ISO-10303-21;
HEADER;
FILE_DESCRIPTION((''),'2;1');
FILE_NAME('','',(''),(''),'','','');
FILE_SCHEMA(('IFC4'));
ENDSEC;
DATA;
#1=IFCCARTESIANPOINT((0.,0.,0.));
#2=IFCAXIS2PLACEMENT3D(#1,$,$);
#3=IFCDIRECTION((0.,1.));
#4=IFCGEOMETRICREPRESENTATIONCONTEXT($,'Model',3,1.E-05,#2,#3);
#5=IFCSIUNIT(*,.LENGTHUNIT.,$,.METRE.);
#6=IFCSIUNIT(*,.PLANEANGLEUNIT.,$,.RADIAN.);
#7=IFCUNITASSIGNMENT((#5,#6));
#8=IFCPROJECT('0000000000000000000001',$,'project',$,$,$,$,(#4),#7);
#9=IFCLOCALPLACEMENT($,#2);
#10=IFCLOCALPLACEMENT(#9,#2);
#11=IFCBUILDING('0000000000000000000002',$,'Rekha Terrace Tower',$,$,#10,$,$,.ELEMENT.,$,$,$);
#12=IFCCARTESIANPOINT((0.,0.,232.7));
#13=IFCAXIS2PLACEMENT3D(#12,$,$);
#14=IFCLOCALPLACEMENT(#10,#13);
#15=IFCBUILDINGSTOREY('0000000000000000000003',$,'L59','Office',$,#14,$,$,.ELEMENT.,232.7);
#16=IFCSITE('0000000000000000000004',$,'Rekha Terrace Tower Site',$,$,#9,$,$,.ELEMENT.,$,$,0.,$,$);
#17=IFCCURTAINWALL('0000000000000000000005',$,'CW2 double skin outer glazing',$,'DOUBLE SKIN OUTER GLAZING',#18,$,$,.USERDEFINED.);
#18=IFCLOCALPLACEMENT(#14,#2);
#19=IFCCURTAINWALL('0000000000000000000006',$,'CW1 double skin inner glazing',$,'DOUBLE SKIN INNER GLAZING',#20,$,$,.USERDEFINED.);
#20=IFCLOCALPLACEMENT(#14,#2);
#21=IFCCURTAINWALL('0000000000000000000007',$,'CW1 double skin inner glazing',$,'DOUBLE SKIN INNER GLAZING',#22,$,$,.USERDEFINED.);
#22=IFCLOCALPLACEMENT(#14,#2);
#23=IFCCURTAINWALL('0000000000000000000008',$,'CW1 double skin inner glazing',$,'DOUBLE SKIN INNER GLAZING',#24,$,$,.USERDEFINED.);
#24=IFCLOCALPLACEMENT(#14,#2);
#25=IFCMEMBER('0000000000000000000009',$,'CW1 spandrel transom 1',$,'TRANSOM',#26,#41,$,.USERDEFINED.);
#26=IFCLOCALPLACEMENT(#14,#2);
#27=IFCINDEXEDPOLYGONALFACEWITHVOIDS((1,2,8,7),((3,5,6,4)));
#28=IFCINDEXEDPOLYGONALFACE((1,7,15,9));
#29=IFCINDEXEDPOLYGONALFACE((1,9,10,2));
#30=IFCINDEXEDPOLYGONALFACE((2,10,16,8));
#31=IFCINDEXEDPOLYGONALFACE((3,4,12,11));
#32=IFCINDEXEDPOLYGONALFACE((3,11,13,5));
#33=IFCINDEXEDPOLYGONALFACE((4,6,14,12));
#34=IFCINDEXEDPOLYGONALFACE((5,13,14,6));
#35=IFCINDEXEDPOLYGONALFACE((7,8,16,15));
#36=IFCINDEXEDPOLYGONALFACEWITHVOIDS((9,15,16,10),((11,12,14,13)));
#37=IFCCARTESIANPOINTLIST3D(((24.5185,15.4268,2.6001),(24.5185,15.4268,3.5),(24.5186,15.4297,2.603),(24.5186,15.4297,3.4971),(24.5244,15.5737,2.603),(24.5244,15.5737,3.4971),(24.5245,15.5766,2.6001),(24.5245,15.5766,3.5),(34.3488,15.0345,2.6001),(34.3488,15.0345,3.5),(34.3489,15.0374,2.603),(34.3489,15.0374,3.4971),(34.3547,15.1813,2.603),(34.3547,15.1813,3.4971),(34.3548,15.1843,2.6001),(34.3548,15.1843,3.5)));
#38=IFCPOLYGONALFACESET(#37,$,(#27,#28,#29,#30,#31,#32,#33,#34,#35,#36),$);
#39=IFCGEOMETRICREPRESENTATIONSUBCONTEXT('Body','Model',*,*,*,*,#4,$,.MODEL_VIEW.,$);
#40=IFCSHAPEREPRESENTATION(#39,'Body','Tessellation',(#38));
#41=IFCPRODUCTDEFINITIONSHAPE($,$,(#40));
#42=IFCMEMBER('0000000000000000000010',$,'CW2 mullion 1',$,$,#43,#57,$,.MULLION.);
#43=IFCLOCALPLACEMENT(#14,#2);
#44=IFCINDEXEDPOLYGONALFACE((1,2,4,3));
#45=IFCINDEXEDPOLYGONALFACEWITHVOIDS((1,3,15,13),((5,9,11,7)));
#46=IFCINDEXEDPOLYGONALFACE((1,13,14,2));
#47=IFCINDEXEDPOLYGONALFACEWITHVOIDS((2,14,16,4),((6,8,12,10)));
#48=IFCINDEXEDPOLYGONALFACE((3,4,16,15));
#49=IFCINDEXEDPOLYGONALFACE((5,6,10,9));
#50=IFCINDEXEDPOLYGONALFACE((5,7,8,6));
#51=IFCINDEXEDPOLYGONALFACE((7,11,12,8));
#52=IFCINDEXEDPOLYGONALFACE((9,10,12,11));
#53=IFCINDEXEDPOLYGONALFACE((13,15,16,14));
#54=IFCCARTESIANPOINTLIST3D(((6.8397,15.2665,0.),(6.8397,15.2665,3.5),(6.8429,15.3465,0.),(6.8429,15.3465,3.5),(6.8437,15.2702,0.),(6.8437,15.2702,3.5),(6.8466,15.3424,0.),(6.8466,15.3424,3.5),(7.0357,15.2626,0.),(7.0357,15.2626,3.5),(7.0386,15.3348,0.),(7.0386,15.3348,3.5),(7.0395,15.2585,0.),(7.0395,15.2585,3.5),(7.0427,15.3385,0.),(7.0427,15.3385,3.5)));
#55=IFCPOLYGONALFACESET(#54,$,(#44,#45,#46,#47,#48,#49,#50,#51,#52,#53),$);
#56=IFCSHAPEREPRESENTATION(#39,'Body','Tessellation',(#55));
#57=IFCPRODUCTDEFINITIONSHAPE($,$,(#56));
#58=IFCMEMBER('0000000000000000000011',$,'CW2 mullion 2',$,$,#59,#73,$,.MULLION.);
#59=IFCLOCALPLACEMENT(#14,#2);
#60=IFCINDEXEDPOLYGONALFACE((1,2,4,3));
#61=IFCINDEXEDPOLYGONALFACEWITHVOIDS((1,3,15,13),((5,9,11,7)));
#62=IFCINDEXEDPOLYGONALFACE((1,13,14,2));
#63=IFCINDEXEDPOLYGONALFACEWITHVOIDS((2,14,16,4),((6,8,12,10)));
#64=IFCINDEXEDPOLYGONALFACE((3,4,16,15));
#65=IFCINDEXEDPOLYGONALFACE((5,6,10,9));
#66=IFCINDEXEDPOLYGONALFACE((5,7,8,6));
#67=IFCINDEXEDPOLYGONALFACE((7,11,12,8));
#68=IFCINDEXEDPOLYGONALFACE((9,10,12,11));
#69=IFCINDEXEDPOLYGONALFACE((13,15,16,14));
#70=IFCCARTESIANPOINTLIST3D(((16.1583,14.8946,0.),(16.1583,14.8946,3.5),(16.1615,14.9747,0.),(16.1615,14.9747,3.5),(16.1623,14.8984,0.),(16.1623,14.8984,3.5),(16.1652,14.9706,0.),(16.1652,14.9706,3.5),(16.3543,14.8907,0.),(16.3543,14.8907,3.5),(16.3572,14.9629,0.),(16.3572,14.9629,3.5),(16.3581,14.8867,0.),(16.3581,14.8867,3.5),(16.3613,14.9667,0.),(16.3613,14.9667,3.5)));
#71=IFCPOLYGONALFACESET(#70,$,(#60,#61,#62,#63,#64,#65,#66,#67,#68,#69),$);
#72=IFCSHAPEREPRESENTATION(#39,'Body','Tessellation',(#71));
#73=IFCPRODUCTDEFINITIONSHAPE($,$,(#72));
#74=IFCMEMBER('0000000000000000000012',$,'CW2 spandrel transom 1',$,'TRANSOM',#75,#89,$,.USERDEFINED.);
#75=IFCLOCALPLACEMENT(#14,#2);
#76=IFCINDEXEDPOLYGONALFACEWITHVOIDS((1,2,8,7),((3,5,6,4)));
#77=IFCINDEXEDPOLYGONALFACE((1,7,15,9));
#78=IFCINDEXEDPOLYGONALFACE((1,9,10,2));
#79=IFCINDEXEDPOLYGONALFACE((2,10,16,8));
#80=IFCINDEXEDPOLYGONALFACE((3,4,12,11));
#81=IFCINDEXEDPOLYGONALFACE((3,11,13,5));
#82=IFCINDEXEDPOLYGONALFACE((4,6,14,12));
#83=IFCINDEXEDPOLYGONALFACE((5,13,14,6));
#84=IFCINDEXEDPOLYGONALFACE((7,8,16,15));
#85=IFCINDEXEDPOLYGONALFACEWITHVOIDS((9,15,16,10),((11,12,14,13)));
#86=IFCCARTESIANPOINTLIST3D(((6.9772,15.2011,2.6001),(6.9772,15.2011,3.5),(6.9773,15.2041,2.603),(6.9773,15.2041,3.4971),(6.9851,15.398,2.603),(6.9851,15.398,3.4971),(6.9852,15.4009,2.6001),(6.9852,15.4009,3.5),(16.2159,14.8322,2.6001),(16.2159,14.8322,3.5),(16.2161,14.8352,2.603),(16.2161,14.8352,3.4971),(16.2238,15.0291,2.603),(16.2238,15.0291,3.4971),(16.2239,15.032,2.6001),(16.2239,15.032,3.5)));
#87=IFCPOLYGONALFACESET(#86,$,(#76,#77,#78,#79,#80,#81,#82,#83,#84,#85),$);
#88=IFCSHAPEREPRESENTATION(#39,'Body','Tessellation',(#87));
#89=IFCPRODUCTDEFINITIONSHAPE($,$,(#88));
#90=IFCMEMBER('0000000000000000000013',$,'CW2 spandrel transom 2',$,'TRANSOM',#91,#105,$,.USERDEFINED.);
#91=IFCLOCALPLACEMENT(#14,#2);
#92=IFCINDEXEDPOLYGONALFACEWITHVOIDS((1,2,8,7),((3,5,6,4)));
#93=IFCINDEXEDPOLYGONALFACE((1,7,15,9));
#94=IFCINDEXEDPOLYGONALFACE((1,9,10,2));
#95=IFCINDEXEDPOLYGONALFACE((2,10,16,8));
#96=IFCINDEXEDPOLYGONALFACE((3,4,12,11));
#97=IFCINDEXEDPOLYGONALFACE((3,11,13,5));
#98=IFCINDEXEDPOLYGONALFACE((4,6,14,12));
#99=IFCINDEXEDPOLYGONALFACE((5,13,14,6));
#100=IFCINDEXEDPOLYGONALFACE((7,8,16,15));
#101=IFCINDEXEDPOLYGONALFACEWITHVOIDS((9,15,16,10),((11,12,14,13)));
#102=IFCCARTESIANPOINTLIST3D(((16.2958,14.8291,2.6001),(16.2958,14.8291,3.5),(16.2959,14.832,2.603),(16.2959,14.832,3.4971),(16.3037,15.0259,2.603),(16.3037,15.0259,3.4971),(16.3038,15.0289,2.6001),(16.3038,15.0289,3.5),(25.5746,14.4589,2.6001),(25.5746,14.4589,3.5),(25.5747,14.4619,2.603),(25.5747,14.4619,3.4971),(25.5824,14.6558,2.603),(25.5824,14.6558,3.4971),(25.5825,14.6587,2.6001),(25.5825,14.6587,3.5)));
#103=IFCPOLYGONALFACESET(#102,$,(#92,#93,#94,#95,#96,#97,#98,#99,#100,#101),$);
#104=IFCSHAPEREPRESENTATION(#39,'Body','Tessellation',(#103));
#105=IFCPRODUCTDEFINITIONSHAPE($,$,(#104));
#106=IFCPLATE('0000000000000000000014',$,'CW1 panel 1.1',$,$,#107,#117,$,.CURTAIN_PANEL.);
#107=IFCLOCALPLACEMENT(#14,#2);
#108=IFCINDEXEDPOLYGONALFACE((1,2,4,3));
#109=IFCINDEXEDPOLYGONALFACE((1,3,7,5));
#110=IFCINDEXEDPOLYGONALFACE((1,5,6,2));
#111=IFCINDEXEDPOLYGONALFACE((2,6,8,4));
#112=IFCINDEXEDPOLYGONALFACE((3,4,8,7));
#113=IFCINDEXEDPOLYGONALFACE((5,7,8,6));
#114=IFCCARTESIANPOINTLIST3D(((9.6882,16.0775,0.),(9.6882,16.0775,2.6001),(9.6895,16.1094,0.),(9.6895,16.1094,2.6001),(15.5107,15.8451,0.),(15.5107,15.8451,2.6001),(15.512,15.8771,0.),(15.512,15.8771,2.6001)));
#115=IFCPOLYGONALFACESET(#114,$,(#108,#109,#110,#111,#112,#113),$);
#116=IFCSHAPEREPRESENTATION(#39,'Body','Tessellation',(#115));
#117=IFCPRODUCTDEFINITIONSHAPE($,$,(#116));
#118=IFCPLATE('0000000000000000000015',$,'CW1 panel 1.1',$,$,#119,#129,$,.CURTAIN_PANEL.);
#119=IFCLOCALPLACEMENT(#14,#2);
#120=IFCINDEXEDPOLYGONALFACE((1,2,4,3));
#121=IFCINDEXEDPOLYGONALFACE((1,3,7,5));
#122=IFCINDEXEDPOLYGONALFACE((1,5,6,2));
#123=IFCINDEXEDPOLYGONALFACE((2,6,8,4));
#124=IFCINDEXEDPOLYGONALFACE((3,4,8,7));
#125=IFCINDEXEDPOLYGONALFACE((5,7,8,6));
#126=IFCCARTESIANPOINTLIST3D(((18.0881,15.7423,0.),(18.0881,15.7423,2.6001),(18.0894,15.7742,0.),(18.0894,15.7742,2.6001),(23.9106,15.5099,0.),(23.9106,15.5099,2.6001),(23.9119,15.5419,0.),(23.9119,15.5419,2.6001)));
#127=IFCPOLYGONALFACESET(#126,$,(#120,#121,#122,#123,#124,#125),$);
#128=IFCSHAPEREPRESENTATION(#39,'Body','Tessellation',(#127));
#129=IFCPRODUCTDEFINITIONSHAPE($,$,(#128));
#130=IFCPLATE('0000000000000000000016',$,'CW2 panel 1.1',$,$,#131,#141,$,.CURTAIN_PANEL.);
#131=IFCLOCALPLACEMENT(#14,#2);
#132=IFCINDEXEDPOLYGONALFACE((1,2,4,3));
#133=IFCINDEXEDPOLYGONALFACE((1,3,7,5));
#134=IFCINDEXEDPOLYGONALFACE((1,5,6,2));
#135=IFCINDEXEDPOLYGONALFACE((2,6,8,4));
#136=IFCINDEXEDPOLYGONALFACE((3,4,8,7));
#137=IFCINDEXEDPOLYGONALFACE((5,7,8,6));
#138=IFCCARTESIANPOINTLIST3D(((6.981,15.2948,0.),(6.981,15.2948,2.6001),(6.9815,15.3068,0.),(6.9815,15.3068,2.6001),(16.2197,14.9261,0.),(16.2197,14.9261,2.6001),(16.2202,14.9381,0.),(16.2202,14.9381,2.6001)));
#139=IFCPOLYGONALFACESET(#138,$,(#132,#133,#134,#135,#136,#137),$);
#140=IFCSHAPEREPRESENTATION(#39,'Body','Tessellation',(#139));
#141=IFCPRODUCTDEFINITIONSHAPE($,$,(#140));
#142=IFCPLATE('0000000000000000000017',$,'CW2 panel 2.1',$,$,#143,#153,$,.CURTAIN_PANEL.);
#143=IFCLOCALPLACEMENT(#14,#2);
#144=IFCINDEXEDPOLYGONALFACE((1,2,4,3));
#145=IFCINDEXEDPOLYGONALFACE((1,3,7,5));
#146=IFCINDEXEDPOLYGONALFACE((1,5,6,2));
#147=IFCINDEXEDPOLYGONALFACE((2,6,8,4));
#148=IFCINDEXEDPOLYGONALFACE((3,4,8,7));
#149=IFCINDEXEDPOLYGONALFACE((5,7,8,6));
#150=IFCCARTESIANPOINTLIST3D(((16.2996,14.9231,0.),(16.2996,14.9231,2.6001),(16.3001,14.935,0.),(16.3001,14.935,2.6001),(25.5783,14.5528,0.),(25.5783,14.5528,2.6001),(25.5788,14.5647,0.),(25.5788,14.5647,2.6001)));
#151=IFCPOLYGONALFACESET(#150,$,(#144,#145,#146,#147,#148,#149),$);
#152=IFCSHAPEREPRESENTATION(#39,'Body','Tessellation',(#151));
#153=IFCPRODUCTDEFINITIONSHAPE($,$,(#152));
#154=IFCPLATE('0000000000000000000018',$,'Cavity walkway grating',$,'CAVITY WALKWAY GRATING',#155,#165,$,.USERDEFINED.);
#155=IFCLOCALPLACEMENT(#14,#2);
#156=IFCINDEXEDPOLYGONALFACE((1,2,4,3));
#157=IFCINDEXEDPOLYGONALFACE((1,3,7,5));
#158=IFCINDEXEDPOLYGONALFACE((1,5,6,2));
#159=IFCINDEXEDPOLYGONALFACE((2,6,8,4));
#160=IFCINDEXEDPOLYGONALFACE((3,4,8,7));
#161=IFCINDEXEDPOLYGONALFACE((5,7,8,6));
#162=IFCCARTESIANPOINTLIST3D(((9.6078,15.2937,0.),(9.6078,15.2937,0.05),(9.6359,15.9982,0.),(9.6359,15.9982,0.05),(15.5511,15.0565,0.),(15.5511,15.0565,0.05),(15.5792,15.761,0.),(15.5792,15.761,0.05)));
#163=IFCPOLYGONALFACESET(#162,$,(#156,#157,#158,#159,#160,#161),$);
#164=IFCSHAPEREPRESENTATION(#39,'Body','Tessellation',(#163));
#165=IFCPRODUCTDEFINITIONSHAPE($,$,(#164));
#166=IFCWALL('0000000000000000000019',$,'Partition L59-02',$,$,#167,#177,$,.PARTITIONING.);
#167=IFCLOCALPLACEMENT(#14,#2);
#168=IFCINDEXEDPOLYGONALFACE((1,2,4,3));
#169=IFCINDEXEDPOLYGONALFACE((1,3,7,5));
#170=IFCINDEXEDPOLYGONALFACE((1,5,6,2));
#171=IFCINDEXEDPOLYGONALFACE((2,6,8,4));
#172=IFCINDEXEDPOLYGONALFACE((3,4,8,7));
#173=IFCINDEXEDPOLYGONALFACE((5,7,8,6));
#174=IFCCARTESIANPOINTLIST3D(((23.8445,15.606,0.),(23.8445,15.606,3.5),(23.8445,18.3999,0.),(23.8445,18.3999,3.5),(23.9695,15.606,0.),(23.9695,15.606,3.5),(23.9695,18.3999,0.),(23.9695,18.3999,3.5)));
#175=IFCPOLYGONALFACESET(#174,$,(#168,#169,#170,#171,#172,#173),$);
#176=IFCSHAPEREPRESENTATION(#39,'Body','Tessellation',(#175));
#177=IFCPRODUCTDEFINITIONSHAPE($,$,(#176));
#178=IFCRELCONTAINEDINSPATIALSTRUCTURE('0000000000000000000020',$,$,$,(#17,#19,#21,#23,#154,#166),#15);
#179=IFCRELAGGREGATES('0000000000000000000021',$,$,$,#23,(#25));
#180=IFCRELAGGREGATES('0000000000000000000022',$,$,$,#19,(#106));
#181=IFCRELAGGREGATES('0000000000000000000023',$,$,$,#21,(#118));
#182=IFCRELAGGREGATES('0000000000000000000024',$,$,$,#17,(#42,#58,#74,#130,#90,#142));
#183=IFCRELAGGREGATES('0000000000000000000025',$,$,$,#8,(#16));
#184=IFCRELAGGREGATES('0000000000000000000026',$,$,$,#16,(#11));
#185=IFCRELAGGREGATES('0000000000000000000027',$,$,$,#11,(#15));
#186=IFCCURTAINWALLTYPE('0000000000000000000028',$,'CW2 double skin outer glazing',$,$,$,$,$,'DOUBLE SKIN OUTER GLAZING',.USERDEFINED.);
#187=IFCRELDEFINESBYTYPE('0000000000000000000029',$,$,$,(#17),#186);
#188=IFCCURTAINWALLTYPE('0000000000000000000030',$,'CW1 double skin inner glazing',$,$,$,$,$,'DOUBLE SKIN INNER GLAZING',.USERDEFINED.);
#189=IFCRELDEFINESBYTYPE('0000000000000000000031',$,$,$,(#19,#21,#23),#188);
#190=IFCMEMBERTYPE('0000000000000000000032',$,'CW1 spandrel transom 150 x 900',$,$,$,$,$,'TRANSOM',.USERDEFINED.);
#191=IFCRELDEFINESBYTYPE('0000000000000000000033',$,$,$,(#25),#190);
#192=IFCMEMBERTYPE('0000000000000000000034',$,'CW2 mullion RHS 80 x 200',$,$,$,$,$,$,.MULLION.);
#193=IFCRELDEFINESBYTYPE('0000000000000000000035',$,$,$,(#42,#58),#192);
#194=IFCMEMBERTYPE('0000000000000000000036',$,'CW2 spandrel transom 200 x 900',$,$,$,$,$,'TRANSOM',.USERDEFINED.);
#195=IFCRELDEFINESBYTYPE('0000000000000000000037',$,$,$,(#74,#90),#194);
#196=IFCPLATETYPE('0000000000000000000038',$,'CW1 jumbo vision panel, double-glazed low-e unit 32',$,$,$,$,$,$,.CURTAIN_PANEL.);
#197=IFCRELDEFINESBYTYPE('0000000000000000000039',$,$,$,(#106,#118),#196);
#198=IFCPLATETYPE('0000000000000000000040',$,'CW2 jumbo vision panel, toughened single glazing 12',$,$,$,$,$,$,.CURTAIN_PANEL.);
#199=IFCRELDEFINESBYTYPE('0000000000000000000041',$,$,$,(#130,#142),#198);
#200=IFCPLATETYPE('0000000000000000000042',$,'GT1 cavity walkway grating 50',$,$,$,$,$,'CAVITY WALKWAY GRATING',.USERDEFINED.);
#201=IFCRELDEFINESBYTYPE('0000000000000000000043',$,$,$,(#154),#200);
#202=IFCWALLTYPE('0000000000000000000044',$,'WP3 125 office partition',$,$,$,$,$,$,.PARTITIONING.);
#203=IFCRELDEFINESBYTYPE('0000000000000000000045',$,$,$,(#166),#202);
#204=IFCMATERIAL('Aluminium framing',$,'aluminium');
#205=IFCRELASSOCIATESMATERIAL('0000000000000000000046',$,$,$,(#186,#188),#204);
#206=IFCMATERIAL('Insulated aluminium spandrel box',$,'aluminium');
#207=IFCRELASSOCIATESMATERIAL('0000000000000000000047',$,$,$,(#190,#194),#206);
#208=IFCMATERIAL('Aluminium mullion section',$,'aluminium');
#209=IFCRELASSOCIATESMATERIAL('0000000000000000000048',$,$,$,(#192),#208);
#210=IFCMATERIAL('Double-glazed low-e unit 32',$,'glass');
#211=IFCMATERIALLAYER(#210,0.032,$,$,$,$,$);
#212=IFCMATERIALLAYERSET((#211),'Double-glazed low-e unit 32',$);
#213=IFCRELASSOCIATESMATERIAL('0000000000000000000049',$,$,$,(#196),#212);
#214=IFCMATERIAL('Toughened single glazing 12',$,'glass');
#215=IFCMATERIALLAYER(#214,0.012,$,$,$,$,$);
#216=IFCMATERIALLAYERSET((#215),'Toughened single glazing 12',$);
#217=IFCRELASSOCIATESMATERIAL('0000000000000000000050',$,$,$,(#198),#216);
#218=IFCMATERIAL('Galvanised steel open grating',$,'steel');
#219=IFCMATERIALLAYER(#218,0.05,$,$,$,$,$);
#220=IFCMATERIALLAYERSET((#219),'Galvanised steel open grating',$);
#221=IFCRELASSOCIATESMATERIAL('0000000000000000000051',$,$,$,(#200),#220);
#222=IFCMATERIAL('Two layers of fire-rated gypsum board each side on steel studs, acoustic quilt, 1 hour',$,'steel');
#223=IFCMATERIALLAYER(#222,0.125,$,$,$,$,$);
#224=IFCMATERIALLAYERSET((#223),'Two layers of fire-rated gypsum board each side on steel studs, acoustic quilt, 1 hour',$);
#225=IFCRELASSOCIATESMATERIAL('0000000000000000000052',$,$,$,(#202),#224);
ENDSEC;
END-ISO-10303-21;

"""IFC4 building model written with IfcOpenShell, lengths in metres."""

from ifc_helpers import new_model, si_unit, direction, frame, frame_2d, origin, origin_2d, place, context, subcontext, project, spatial, rectangle, hollow_rectangle, extrude, material, layer, layer_set, material_profile, profile_set, type_object, element, aggregate, save


model = new_model("IFC4")

# Units and contexts
model_context = context("Model", 3, precision=1e-05, world=origin(), true_north=direction((0.0, 1.0)))
body_context = subcontext(model_context, "Body", "Model", "MODEL_VIEW")
ifc_project = project(units=[si_unit("LENGTHUNIT", "METRE"), si_unit("PLANEANGLEUNIT", "RADIAN")], contexts=[model_context])

# Site, building, storey
site_placement = place(None, origin())
site = spatial("IfcSite", under=ifc_project, at=site_placement, Name="Rekha Terrace Tower Site", CompositionType="ELEMENT", RefElevation=0.0)
building_placement = place(site_placement, origin())
building = spatial("IfcBuilding", under=site, at=building_placement, Name="Rekha Terrace Tower", CompositionType="ELEMENT")
storey_placement = place(building_placement, frame((0.0, 0.0, 232.7)))
storey = spatial("IfcBuildingStorey", under=building, at=storey_placement, Name="L59", Description="Office", CompositionType="ELEMENT", Elevation=232.7)

# Curtain wall
ifc_material_1 = material(Name="Aluminium framing", Category="aluminium")
curtain_wall_type_1 = type_object("IfcCurtainWallType", Name="CW2 double skin outer glazing", ElementType="DOUBLE SKIN OUTER GLAZING", PredefinedType="USERDEFINED", material=ifc_material_1)
curtain_wall_1_placement = place(storey_placement, origin())
curtain_wall_1 = element("IfcCurtainWall", 1, at=curtain_wall_1_placement, inside=storey, type_object=curtain_wall_type_1, Name="CW2 double skin outer glazing", ObjectType="DOUBLE SKIN OUTER GLAZING", PredefinedType="USERDEFINED")

# Curtain walls
curtain_wall_type_2 = type_object("IfcCurtainWallType", Name="CW1 double skin inner glazing", ElementType="DOUBLE SKIN INNER GLAZING", PredefinedType="USERDEFINED", material=ifc_material_1)
curtain_wall_2_placement = place(storey_placement, origin())
curtain_wall_2 = element("IfcCurtainWall", 2, at=curtain_wall_2_placement, inside=storey, type_object=curtain_wall_type_2, Name="CW1 double skin inner glazing", ObjectType="DOUBLE SKIN INNER GLAZING", PredefinedType="USERDEFINED")
ifc_material_2 = material(Name="Aluminium mullion section", Category="aluminium")
curtain_wall_3_placement = place(storey_placement, origin())
curtain_wall_3 = element("IfcCurtainWall", 3, at=curtain_wall_3_placement, inside=storey, type_object=curtain_wall_type_2, Name="CW1 double skin inner glazing", ObjectType="DOUBLE SKIN INNER GLAZING", PredefinedType="USERDEFINED")

# Curtain wall
curtain_wall_4_placement = place(storey_placement, origin())
curtain_wall_4 = element("IfcCurtainWall", 4, at=curtain_wall_4_placement, inside=storey, type_object=curtain_wall_type_2, Name="CW1 double skin inner glazing", ObjectType="DOUBLE SKIN INNER GLAZING", PredefinedType="USERDEFINED")

# Members
ifc_material_3 = material(Name="Insulated aluminium spandrel box", Category="aluminium")
ifc_material_profile_1 = material_profile(ifc_material_3, hollow_rectangle(XDim=0.1499, YDim=0.8999, WallThickness=0.0029, at=origin_2d()), Name="AL SPANDREL BOX 150x900")
ifc_profile_set_1 = profile_set([ifc_material_profile_1], Name="Insulated aluminium spandrel box")
member_type_1 = type_object("IfcMemberType", Name="CW1 spandrel transom 150 x 900", ElementType="TRANSOM", PredefinedType="USERDEFINED", material=ifc_profile_set_1)
member_1_placement = place(storey_placement, frame((24.5215, 15.5017, 3.05), z_axis=(0.999205, -0.039879, 0.0), x_axis=(0.039879, 0.999205, 0.0)))
member_1 = element("IfcMember", 5, at=member_1_placement, type_object=member_type_1, Name="CW1 spandrel transom 1", ObjectType="TRANSOM", PredefinedType="USERDEFINED", context=body_context, shape_type="SweptSolid", body=[
    extrude(hollow_rectangle(XDim=0.1499, YDim=0.8999, WallThickness=0.0029, at=origin_2d()), origin(), (0.0, 0.0, 1.0), 9.8381),
])
aggregate(curtain_wall_4, [member_1])
ifc_material_profile_2 = material_profile(ifc_material_2, hollow_rectangle(XDim=0.0801, YDim=0.2, WallThickness=0.0039, at=origin_2d()), Name="AL RHS 80x200")
ifc_profile_set_2 = profile_set([ifc_material_profile_2], Name="Aluminium mullion section")
member_type_2 = type_object("IfcMemberType", Name="CW2 mullion RHS 80 x 200", PredefinedType="MULLION", material=ifc_profile_set_2)
member_2_placement = place(storey_placement, frame((6.9412, 15.3025, 0.0), z_axis=(0.0, 0.0, 1.0), x_axis=(0.039872, 0.999205, 0.0)))
member_2 = element("IfcMember", 6, at=member_2_placement, type_object=member_type_2, Name="CW2 mullion 1", PredefinedType="MULLION", context=body_context, shape_type="SweptSolid", body=[
    extrude(hollow_rectangle(XDim=0.0801, YDim=0.2, WallThickness=0.0039, at=origin_2d()), origin(), (0.0, 0.0, 1.0), 3.5),
])
member_3_placement = place(storey_placement, frame((16.2598, 14.9307, 0.0), z_axis=(0.0, 0.0, 1.0), x_axis=(0.039872, 0.999205, 0.0)))
member_3 = element("IfcMember", 7, at=member_3_placement, type_object=member_type_2, Name="CW2 mullion 2", PredefinedType="MULLION", context=body_context, shape_type="SweptSolid", body=[
    extrude(hollow_rectangle(XDim=0.0801, YDim=0.2, WallThickness=0.0039, at=origin_2d()), origin(), (0.0, 0.0, 1.0), 3.5),
])
ifc_material_profile_3 = material_profile(ifc_material_3, hollow_rectangle(XDim=0.2, YDim=0.8999, WallThickness=0.0029, at=origin_2d()), Name="AL SPANDREL BOX 200x900")
ifc_profile_set_3 = profile_set([ifc_material_profile_3], Name="Insulated aluminium spandrel box")
member_type_3 = type_object("IfcMemberType", Name="CW2 spandrel transom 200 x 900", ElementType="TRANSOM", PredefinedType="USERDEFINED", material=ifc_profile_set_3)
member_4_placement = place(storey_placement, frame((6.9812, 15.301, 3.05), z_axis=(0.999204, -0.039897, 0.0), x_axis=(0.039897, 0.999204, 0.0)))
member_4 = element("IfcMember", 8, at=member_4_placement, type_object=member_type_3, Name="CW2 spandrel transom 1", ObjectType="TRANSOM", PredefinedType="USERDEFINED", context=body_context, shape_type="SweptSolid", body=[
    extrude(hollow_rectangle(XDim=0.2, YDim=0.8999, WallThickness=0.0029, at=origin_2d()), origin(), (0.0, 0.0, 1.0), 9.2461),
])
member_5_placement = place(storey_placement, frame((16.2998, 14.929, 3.05), z_axis=(0.999205, -0.039857, 0.0), x_axis=(0.039857, 0.999205, 0.0)))
member_5 = element("IfcMember", 9, at=member_5_placement, type_object=member_type_3, Name="CW2 spandrel transom 2", ObjectType="TRANSOM", PredefinedType="USERDEFINED", context=body_context, shape_type="SweptSolid", body=[
    extrude(hollow_rectangle(XDim=0.2, YDim=0.8999, WallThickness=0.0029, at=origin_2d()), origin(), (0.0, 0.0, 1.0), 9.2861),
])

# Plates
ifc_material_4 = material(Name="Double-glazed low-e unit 32", Category="glass")
ifc_layer_1 = layer(ifc_material_4, 0.032)
ifc_layer_set_1 = layer_set([ifc_layer_1], Name="Double-glazed low-e unit 32")
plate_type_1 = type_object("IfcPlateType", Name="CW1 jumbo vision panel, double-glazed low-e unit 32", PredefinedType="CURTAIN_PANEL", material=ifc_layer_set_1)
plate_1_placement = place(storey_placement, frame((12.6001, 15.9773, 0.0), z_axis=(0.0, 0.0, 1.0), x_axis=(0.999205, -0.039872, 0.0)))
plate_1 = element("IfcPlate", 10, at=plate_1_placement, type_object=plate_type_1, Name="CW1 panel 1.1", PredefinedType="CURTAIN_PANEL", context=body_context, shape_type="SweptSolid", body=[
    extrude(rectangle(XDim=5.8271, YDim=0.032, at=origin_2d()), origin(), (0.0, 0.0, 1.0), 2.6001),
])
aggregate(curtain_wall_2, [plate_1])
plate_2_placement = place(storey_placement, frame((21.0, 15.6421, 0.0), z_axis=(0.0, 0.0, 1.0), x_axis=(0.999205, -0.039872, 0.0)))
plate_2 = element("IfcPlate", 11, at=plate_2_placement, type_object=plate_type_1, Name="CW1 panel 1.1", PredefinedType="CURTAIN_PANEL", context=body_context, shape_type="SweptSolid", body=[
    extrude(rectangle(XDim=5.8271, YDim=0.032, at=origin_2d()), origin(), (0.0, 0.0, 1.0), 2.6001),
])
aggregate(curtain_wall_3, [plate_2])
ifc_material_5 = material(Name="Toughened single glazing 12", Category="glass")
ifc_layer_2 = layer(ifc_material_5, 0.012)
ifc_layer_set_2 = layer_set([ifc_layer_2], Name="Toughened single glazing 12")
plate_type_2 = type_object("IfcPlateType", Name="CW2 jumbo vision panel, toughened single glazing 12", PredefinedType="CURTAIN_PANEL", material=ifc_layer_set_2)
plate_3_placement = place(storey_placement, frame((11.6006, 15.1165, 0.0), z_axis=(0.0, 0.0, 1.0), x_axis=(0.999205, -0.039872, 0.0)))
plate_3 = element("IfcPlate", 12, at=plate_3_placement, type_object=plate_type_2, Name="CW2 panel 1.1", PredefinedType="CURTAIN_PANEL", context=body_context, shape_type="SweptSolid", body=[
    extrude(rectangle(XDim=9.2461, YDim=0.012, at=origin_2d()), origin(), (0.0, 0.0, 1.0), 2.6001),
])
plate_4_placement = place(storey_placement, frame((20.9392, 14.7439, 0.0), z_axis=(0.0, 0.0, 1.0), x_axis=(0.999205, -0.039872, 0.0)))
plate_4 = element("IfcPlate", 13, at=plate_4_placement, type_object=plate_type_2, Name="CW2 panel 2.1", PredefinedType="CURTAIN_PANEL", context=body_context, shape_type="SweptSolid", body=[
    extrude(rectangle(XDim=9.2861, YDim=0.012, at=origin_2d()), origin(), (0.0, 0.0, 1.0), 2.6001),
])
aggregate(curtain_wall_1, [member_2, member_3, member_4, plate_3, member_5, plate_4])
ifc_material_6 = material(Name="Galvanised steel open grating", Category="steel")
ifc_layer_3 = layer(ifc_material_6, 0.05)
ifc_layer_set_3 = layer_set([ifc_layer_3], Name="Galvanised steel open grating")
plate_type_3 = type_object("IfcPlateType", Name="GT1 cavity walkway grating 50", ElementType="CAVITY WALKWAY GRATING", PredefinedType="USERDEFINED", material=ifc_layer_set_3)
plate_5_placement = place(storey_placement, frame((12.5935, 15.5273, 0.0), z_axis=(0.0, 0.0, 1.0), x_axis=(0.999205, -0.039872, 0.0)))
element("IfcPlate", 14, at=plate_5_placement, inside=storey, type_object=plate_type_3, Name="Cavity walkway grating", ObjectType="CAVITY WALKWAY GRATING", PredefinedType="USERDEFINED", context=body_context, shape_type="SweptSolid", body=[
    extrude(rectangle(XDim=5.948, YDim=0.7051, at=origin_2d()), origin(), (0.0, 0.0, 1.0), 0.05),
])

# Wall
ifc_material_7 = material(Name="Two layers of fire-rated gypsum board each side on steel studs, acoustic quilt, 1 hour", Category="steel")
ifc_layer_4 = layer(ifc_material_7, 0.125)
ifc_layer_set_4 = layer_set([ifc_layer_4], Name="Two layers of fire-rated gypsum board each side on steel studs, acoustic quilt, 1 hour")
wall_type = type_object("IfcWallType", Name="WP3 125 office partition", PredefinedType="PARTITIONING", material=ifc_layer_set_4)
wall_1_placement = place(storey_placement, frame((23.907, 15.606, 0.0), z_axis=(0.0, 0.0, 1.0), x_axis=(0.0, 1.0, 0.0)))
element("IfcWall", 15, at=wall_1_placement, inside=storey, type_object=wall_type, Name="Partition L59-02", PredefinedType="PARTITIONING", context=body_context, shape_type="SweptSolid", body=[
    extrude(rectangle(XDim=2.7939, YDim=0.125, at=frame_2d((1.397, 0.0))), origin(), (0.0, 0.0, 1.0), 3.5),
])

save(model, "model.ifc")
